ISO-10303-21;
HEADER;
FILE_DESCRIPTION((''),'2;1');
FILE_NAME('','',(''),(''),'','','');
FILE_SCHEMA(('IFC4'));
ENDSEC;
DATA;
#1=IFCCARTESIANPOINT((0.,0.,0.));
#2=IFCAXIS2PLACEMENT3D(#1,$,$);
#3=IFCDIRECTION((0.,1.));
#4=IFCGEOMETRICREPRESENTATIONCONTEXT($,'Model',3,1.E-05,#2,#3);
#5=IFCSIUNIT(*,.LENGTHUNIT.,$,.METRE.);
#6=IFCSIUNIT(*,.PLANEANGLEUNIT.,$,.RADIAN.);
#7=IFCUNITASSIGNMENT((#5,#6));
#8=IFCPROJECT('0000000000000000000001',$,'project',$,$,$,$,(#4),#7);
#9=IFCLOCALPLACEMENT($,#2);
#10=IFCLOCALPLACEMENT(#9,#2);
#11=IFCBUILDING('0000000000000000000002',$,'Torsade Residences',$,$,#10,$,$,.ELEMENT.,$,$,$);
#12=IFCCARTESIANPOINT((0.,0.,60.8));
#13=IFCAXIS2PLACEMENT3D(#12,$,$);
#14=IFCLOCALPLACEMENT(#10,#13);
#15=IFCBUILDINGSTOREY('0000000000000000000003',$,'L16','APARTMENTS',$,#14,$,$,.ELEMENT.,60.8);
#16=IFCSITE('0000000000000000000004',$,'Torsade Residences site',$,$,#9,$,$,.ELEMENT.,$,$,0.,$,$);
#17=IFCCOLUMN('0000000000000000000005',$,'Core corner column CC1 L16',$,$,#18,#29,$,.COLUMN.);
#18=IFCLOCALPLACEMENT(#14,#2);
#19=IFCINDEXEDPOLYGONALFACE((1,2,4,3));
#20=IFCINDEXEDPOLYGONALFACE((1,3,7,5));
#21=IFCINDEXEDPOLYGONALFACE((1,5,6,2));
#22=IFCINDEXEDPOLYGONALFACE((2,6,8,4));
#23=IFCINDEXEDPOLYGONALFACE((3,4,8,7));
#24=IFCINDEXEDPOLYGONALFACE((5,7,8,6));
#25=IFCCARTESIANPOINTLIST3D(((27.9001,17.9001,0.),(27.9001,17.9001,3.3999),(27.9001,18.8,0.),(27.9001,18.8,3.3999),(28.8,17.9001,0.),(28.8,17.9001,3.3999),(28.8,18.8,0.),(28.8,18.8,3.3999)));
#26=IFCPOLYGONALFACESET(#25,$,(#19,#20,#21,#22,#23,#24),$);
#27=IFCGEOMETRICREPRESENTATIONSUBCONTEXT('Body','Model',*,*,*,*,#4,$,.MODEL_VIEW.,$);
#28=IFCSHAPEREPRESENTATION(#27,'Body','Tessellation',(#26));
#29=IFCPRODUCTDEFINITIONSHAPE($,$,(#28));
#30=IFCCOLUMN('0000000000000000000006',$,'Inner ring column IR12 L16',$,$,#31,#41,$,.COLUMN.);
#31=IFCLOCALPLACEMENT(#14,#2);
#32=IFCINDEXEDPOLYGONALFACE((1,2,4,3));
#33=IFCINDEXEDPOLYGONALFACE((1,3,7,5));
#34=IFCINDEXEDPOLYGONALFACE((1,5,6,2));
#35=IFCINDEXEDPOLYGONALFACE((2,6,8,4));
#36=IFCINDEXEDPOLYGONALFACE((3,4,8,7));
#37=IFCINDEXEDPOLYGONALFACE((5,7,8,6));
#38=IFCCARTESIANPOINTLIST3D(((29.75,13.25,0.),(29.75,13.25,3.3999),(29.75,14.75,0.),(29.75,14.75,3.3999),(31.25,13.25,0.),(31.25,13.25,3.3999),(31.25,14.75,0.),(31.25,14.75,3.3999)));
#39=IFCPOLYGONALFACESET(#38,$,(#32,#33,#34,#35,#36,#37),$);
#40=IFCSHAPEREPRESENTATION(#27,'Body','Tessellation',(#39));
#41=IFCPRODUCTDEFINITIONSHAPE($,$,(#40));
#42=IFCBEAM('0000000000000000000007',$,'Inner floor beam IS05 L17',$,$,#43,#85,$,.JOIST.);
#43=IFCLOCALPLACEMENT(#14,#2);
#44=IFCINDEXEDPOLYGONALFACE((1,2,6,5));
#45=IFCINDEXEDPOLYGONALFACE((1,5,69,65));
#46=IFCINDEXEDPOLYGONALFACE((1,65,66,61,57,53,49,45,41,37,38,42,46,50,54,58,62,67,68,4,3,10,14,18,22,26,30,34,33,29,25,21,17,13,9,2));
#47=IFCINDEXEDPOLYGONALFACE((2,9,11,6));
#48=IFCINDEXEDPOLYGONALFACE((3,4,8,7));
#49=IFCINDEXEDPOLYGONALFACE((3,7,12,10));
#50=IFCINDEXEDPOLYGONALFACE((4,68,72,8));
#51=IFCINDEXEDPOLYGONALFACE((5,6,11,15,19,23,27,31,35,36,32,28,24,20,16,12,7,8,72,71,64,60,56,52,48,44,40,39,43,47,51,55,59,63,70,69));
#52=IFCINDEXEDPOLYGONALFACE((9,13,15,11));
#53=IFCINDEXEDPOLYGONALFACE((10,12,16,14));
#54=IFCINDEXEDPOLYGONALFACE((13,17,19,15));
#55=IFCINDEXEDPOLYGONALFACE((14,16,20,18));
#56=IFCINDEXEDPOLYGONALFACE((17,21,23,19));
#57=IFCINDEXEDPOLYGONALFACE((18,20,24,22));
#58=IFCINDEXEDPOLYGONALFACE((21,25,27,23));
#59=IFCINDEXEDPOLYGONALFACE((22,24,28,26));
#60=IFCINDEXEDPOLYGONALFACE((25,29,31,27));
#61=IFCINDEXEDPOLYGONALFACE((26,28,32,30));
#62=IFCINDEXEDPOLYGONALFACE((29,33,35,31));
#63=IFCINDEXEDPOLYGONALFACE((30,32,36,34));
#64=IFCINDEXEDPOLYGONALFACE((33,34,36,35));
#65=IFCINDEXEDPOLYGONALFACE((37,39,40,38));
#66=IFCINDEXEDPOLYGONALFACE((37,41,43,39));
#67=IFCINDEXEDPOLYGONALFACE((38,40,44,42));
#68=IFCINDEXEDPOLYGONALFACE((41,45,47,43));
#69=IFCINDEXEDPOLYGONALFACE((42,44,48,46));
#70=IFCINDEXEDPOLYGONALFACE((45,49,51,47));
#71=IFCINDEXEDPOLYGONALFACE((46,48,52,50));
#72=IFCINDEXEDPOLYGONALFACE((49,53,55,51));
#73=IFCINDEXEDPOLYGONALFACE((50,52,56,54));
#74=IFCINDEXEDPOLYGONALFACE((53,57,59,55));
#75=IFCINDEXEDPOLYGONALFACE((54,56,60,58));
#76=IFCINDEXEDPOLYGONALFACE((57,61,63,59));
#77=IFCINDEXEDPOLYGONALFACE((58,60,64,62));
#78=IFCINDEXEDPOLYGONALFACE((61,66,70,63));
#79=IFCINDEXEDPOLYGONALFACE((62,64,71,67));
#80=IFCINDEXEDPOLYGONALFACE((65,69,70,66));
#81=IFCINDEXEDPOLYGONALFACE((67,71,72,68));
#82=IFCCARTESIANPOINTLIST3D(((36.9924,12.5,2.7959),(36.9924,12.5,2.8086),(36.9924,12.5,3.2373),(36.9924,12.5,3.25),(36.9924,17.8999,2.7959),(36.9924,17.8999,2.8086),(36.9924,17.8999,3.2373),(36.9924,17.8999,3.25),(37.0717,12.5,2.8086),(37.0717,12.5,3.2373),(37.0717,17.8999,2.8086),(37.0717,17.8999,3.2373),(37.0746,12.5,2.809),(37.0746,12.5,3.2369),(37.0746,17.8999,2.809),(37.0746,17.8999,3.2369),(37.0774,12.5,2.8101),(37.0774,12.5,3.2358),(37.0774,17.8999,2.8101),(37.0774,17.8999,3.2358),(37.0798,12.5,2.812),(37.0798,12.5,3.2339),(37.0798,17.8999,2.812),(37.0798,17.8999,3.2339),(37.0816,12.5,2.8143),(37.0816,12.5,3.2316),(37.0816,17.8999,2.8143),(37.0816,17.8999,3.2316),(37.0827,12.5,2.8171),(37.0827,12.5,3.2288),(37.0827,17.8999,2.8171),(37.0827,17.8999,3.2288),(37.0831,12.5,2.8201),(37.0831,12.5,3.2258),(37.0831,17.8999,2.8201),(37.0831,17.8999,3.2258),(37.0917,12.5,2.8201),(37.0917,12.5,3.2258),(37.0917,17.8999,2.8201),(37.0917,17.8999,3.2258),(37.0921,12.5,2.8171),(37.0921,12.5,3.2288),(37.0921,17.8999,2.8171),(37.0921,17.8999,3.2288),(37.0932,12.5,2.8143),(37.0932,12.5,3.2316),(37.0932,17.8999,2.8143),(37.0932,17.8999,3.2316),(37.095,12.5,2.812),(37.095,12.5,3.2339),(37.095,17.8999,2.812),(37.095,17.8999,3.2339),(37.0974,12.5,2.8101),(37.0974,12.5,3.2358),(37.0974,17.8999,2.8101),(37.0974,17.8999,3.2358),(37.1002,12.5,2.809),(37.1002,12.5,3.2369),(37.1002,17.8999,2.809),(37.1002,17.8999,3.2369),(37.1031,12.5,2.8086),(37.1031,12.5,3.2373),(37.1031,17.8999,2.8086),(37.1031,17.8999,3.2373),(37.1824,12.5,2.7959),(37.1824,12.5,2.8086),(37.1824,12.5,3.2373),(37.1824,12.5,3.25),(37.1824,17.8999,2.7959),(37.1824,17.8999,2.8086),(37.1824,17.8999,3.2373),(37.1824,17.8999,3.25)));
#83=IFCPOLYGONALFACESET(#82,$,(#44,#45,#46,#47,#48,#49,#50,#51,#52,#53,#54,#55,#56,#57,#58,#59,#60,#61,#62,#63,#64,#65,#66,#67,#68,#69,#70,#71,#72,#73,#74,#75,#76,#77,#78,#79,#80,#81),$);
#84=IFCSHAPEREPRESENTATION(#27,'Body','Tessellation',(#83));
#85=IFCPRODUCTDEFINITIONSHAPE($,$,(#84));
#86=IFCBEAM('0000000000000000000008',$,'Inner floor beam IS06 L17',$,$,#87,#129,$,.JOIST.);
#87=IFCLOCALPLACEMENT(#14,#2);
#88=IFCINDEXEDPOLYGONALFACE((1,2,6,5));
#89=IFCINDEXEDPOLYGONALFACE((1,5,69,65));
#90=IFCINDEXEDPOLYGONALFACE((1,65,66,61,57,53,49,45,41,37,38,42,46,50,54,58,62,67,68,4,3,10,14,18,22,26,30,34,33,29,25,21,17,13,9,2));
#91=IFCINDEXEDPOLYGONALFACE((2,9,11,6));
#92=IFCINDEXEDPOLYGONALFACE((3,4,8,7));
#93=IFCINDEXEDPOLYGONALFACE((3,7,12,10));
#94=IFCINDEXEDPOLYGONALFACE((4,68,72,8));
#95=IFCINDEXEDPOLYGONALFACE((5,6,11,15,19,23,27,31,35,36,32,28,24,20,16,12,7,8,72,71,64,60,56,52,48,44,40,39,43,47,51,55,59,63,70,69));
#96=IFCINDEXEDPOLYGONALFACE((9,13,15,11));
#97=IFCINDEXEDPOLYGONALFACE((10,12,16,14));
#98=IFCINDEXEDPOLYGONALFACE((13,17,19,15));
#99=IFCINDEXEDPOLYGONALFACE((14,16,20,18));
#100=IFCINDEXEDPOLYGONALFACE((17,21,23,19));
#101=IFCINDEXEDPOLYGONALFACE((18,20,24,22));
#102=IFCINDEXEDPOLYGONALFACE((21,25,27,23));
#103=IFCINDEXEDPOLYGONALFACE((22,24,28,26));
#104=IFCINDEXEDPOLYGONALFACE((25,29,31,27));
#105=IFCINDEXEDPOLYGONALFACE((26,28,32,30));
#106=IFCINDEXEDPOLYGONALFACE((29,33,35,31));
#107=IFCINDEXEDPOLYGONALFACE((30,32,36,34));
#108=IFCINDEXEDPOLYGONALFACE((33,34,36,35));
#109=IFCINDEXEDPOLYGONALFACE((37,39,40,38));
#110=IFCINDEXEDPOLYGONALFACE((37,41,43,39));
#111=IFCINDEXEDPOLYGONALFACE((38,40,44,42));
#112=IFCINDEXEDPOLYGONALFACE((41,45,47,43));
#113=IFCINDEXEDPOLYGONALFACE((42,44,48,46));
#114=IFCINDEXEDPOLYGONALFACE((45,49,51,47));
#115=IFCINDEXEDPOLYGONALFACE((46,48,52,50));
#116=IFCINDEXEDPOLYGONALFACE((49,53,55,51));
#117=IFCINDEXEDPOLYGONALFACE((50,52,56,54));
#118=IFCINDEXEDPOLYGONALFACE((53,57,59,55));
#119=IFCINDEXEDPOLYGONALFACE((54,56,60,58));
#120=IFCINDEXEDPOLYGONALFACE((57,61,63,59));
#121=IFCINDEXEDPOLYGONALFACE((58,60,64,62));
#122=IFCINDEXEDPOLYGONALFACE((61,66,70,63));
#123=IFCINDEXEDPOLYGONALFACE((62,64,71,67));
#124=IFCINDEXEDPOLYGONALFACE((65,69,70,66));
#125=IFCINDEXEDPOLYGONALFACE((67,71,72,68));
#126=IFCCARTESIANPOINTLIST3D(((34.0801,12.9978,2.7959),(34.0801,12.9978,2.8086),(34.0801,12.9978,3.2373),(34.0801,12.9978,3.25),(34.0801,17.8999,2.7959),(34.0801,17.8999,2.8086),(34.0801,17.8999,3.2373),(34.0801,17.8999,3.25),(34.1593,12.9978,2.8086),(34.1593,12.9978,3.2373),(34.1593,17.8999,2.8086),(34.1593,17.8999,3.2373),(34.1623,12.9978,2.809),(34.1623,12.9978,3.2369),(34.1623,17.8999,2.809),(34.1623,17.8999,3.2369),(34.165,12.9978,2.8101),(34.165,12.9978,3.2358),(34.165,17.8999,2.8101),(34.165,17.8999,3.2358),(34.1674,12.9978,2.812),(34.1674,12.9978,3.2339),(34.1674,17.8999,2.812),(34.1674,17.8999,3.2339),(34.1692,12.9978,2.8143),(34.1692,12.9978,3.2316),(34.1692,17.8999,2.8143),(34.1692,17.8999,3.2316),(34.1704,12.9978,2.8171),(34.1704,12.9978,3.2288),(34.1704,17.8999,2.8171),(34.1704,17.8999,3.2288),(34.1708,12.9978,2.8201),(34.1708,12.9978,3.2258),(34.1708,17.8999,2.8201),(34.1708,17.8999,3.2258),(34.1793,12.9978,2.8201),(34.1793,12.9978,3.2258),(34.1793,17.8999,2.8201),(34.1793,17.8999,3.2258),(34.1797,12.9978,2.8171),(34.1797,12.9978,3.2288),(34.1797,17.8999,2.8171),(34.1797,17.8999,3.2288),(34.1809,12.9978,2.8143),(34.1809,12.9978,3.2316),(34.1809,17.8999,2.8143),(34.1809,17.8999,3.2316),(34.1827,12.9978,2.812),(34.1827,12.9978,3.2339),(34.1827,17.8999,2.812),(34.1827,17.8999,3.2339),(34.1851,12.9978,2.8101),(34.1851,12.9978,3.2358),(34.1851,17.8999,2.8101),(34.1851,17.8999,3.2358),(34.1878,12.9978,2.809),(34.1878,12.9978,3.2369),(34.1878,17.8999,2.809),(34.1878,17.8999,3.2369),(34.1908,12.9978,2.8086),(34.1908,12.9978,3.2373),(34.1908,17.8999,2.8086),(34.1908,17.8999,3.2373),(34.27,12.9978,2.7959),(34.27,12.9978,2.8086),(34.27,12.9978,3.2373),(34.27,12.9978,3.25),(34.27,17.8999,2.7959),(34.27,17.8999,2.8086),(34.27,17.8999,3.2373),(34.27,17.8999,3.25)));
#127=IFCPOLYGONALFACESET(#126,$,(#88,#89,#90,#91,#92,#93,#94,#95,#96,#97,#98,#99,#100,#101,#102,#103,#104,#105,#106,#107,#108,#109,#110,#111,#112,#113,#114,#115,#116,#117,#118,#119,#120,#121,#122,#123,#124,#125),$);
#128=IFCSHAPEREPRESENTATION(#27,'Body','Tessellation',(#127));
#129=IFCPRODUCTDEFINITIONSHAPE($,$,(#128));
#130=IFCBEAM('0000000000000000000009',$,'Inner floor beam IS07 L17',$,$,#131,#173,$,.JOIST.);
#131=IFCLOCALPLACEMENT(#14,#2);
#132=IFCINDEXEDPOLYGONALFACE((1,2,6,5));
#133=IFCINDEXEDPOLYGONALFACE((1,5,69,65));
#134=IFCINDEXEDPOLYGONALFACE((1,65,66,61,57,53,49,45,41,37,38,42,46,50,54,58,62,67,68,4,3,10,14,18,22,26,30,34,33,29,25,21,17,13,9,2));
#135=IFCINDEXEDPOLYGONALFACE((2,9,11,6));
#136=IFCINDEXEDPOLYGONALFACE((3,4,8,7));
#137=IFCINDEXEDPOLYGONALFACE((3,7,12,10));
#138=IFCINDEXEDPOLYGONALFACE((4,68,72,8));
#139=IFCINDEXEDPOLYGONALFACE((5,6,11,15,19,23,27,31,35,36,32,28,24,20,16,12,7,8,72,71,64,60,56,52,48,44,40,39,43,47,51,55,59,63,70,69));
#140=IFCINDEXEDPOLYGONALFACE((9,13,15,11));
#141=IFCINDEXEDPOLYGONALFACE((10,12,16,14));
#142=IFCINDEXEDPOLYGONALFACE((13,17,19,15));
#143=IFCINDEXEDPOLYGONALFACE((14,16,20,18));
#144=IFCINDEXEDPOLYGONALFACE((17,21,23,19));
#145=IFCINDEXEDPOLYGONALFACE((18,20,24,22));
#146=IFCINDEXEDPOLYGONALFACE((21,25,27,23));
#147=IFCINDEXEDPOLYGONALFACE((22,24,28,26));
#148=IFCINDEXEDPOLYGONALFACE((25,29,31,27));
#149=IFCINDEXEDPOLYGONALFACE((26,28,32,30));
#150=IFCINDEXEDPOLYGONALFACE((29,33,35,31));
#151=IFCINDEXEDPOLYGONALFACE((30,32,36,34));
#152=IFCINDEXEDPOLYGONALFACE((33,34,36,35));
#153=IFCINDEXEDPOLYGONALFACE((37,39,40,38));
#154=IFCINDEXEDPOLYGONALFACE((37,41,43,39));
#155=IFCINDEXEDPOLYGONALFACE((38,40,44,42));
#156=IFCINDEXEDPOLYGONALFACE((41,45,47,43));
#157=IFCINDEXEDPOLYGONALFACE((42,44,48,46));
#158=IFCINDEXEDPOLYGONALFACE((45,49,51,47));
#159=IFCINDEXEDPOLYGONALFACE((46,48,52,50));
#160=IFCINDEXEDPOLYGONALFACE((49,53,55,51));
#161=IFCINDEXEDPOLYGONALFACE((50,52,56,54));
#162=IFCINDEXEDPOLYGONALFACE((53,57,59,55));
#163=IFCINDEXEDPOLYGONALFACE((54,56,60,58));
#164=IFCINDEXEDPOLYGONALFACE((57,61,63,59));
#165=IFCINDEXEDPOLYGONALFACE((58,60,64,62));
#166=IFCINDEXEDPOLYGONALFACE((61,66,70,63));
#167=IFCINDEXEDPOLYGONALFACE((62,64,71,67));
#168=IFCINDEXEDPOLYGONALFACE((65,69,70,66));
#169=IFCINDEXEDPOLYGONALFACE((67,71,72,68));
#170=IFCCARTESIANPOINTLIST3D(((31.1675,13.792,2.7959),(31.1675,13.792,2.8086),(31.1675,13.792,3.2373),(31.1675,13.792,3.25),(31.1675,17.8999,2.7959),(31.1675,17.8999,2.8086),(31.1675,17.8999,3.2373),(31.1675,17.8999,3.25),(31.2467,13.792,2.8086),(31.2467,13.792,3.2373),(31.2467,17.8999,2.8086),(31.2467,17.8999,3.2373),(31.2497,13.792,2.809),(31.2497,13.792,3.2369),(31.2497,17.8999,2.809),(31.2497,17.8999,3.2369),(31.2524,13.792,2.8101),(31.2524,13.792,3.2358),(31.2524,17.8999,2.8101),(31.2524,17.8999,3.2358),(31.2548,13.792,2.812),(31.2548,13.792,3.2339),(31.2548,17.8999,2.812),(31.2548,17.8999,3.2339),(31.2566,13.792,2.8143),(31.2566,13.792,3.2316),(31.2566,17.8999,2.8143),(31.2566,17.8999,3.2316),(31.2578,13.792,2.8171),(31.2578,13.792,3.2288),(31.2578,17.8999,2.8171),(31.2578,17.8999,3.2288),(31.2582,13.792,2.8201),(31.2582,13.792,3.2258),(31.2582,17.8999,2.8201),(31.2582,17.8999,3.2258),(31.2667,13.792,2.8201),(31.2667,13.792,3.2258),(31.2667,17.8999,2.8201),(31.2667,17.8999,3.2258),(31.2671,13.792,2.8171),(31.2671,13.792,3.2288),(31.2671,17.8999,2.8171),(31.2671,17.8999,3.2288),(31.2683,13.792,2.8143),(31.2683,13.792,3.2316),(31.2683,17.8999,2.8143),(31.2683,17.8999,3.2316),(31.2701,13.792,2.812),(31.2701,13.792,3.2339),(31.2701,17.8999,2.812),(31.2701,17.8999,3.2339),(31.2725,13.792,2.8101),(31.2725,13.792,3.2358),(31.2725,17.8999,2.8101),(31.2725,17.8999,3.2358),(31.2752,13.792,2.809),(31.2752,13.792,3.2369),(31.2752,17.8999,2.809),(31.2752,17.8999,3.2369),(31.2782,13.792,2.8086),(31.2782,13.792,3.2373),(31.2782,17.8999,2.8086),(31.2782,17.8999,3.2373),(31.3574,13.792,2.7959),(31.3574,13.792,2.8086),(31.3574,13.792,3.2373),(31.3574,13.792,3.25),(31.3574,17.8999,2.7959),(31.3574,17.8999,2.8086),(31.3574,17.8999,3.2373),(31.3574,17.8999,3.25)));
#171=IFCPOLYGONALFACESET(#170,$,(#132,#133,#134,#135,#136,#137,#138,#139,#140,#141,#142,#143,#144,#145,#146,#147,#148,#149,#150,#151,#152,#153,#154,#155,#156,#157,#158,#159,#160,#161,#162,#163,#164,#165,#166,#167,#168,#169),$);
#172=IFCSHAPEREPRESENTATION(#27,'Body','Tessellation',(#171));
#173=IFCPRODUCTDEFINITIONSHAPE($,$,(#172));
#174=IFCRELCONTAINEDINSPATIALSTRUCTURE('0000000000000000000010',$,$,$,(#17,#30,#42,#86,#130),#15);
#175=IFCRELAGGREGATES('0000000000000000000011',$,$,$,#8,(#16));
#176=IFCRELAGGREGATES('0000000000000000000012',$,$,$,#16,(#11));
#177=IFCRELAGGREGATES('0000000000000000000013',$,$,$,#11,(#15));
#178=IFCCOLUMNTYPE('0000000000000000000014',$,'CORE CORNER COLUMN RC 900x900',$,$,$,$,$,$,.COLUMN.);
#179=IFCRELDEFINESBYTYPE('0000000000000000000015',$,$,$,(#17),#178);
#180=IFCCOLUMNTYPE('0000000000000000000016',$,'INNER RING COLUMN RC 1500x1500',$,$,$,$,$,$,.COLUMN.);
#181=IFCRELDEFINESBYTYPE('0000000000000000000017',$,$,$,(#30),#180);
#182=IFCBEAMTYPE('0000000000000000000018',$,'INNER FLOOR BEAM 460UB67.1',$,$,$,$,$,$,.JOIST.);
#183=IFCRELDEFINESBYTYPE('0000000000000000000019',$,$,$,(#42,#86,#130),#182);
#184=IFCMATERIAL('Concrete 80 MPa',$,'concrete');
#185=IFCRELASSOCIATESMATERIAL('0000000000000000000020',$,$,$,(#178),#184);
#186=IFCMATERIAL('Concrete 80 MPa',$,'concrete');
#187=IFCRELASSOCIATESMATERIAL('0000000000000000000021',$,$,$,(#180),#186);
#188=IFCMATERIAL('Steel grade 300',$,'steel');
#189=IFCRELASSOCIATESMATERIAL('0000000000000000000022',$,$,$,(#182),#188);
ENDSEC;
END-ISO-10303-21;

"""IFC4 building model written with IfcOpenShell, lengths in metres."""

from ifc_helpers import new_model, si_unit, direction, frame, origin, origin_2d, place, context, subcontext, project, spatial, rectangle, i_section, extrude, material, material_profile, profile_set, type_object, element, save


model = new_model("IFC4")

# Units and contexts
model_context = context("Model", 3, precision=1e-05, world=origin(), true_north=direction((0.0, 1.0)))
body_context = subcontext(model_context, "Body", "Model", "MODEL_VIEW")
ifc_project = project(units=[si_unit("LENGTHUNIT", "METRE"), si_unit("PLANEANGLEUNIT", "RADIAN")], contexts=[model_context])

# Site, building, storey
site_placement = place(None, origin())
site = spatial("IfcSite", under=ifc_project, at=site_placement, Name="Torsade Residences site", CompositionType="ELEMENT", RefElevation=0.0)
building_placement = place(site_placement, origin())
building = spatial("IfcBuilding", under=site, at=building_placement, Name="Torsade Residences", CompositionType="ELEMENT")
storey_placement = place(building_placement, frame((0.0, 0.0, 60.8)))
storey = spatial("IfcBuildingStorey", under=building, at=storey_placement, Name="L16", Description="APARTMENTS", CompositionType="ELEMENT", Elevation=60.8)

# Columns
ifc_material_1 = material(Name="Concrete 80 MPa", Category="concrete")
ifc_material_profile_1 = material_profile(ifc_material_1, rectangle(XDim=0.8999, YDim=0.8999, at=origin_2d()), Name="RC 900x900")
ifc_profile_set_1 = profile_set([ifc_material_profile_1], Name="Concrete 80 MPa")
column_type_1 = type_object("IfcColumnType", Name="CORE CORNER COLUMN RC 900x900", PredefinedType="COLUMN", material=ifc_profile_set_1)
column_1_placement = place(storey_placement, frame((28.3501, 18.3501, 0.0), z_axis=(0.0, 0.0, 1.0), x_axis=(1.0, 0.0, 0.0)))
element("IfcColumn", 1, at=column_1_placement, inside=storey, type_object=column_type_1, Name="Core corner column CC1 L16", PredefinedType="COLUMN", context=body_context, shape_type="SweptSolid", body=[
    extrude(rectangle(XDim=0.8999, YDim=0.8999, at=origin_2d()), origin(), (0.0, 0.0, 1.0), 3.3999),
])
ifc_material_2 = material(Name="Concrete 80 MPa", Category="concrete")
ifc_material_profile_2 = material_profile(ifc_material_2, rectangle(XDim=1.5, YDim=1.5, at=origin_2d()), Name="RC 1500x1500")
ifc_profile_set_2 = profile_set([ifc_material_profile_2], Name="Concrete 80 MPa")
column_type_2 = type_object("IfcColumnType", Name="INNER RING COLUMN RC 1500x1500", PredefinedType="COLUMN", material=ifc_profile_set_2)
column_2_placement = place(storey_placement, frame((30.5, 14.0, 0.0), z_axis=(0.0, 0.0, 1.0), x_axis=(1.0, 0.0, 0.0)))
element("IfcColumn", 2, at=column_2_placement, inside=storey, type_object=column_type_2, Name="Inner ring column IR12 L16", PredefinedType="COLUMN", context=body_context, shape_type="SweptSolid", body=[
    extrude(rectangle(XDim=1.5, YDim=1.5, at=origin_2d()), origin(), (0.0, 0.0, 1.0), 3.3999),
])

# Beams
ifc_material_3 = material(Name="Steel grade 300", Category="steel")
ifc_material_profile_3 = material_profile(ifc_material_3, i_section(OverallWidth=0.1899, OverallDepth=0.4541, WebThickness=0.0085, FlangeThickness=0.0127, FilletRadius=0.0115, at=origin_2d()), Name="460UB67.1")
ifc_profile_set_3 = profile_set([ifc_material_profile_3], Name="Steel grade 300")
beam_type_1 = type_object("IfcBeamType", Name="INNER FLOOR BEAM 460UB67.1", PredefinedType="JOIST", material=ifc_profile_set_3)
beam_1_placement = place(storey_placement, frame((37.0874, 17.8999, 3.0229), z_axis=(0.0, -1.0, 0.0), x_axis=(1.0, 0.0, 0.0)))
element("IfcBeam", 3, at=beam_1_placement, inside=storey, type_object=beam_type_1, Name="Inner floor beam IS05 L17", PredefinedType="JOIST", context=body_context, shape_type="SweptSolid", body=[
    extrude(i_section(OverallWidth=0.1899, OverallDepth=0.4541, WebThickness=0.0085, FlangeThickness=0.0127, FilletRadius=0.0115, at=origin_2d()), origin(), (0.0, 0.0, 1.0), 5.3999),
])
beam_2_placement = place(storey_placement, frame((34.175, 17.8999, 3.0229), z_axis=(0.0, -1.0, 0.0), x_axis=(1.0, 0.0, 0.0)))
element("IfcBeam", 4, at=beam_2_placement, inside=storey, type_object=beam_type_1, Name="Inner floor beam IS06 L17", PredefinedType="JOIST", context=body_context, shape_type="SweptSolid", body=[
    extrude(i_section(OverallWidth=0.1899, OverallDepth=0.4541, WebThickness=0.0085, FlangeThickness=0.0127, FilletRadius=0.0115, at=origin_2d()), origin(), (0.0, 0.0, 1.0), 4.9021),
])
beam_3_placement = place(storey_placement, frame((31.2625, 17.8999, 3.0229), z_axis=(0.0, -1.0, 0.0), x_axis=(1.0, 0.0, 0.0)))
element("IfcBeam", 5, at=beam_3_placement, inside=storey, type_object=beam_type_1, Name="Inner floor beam IS07 L17", PredefinedType="JOIST", context=body_context, shape_type="SweptSolid", body=[
    extrude(i_section(OverallWidth=0.1899, OverallDepth=0.4541, WebThickness=0.0085, FlangeThickness=0.0127, FilletRadius=0.0115, at=origin_2d()), origin(), (0.0, 0.0, 1.0), 4.1079),
])

save(model, "model.ifc")
